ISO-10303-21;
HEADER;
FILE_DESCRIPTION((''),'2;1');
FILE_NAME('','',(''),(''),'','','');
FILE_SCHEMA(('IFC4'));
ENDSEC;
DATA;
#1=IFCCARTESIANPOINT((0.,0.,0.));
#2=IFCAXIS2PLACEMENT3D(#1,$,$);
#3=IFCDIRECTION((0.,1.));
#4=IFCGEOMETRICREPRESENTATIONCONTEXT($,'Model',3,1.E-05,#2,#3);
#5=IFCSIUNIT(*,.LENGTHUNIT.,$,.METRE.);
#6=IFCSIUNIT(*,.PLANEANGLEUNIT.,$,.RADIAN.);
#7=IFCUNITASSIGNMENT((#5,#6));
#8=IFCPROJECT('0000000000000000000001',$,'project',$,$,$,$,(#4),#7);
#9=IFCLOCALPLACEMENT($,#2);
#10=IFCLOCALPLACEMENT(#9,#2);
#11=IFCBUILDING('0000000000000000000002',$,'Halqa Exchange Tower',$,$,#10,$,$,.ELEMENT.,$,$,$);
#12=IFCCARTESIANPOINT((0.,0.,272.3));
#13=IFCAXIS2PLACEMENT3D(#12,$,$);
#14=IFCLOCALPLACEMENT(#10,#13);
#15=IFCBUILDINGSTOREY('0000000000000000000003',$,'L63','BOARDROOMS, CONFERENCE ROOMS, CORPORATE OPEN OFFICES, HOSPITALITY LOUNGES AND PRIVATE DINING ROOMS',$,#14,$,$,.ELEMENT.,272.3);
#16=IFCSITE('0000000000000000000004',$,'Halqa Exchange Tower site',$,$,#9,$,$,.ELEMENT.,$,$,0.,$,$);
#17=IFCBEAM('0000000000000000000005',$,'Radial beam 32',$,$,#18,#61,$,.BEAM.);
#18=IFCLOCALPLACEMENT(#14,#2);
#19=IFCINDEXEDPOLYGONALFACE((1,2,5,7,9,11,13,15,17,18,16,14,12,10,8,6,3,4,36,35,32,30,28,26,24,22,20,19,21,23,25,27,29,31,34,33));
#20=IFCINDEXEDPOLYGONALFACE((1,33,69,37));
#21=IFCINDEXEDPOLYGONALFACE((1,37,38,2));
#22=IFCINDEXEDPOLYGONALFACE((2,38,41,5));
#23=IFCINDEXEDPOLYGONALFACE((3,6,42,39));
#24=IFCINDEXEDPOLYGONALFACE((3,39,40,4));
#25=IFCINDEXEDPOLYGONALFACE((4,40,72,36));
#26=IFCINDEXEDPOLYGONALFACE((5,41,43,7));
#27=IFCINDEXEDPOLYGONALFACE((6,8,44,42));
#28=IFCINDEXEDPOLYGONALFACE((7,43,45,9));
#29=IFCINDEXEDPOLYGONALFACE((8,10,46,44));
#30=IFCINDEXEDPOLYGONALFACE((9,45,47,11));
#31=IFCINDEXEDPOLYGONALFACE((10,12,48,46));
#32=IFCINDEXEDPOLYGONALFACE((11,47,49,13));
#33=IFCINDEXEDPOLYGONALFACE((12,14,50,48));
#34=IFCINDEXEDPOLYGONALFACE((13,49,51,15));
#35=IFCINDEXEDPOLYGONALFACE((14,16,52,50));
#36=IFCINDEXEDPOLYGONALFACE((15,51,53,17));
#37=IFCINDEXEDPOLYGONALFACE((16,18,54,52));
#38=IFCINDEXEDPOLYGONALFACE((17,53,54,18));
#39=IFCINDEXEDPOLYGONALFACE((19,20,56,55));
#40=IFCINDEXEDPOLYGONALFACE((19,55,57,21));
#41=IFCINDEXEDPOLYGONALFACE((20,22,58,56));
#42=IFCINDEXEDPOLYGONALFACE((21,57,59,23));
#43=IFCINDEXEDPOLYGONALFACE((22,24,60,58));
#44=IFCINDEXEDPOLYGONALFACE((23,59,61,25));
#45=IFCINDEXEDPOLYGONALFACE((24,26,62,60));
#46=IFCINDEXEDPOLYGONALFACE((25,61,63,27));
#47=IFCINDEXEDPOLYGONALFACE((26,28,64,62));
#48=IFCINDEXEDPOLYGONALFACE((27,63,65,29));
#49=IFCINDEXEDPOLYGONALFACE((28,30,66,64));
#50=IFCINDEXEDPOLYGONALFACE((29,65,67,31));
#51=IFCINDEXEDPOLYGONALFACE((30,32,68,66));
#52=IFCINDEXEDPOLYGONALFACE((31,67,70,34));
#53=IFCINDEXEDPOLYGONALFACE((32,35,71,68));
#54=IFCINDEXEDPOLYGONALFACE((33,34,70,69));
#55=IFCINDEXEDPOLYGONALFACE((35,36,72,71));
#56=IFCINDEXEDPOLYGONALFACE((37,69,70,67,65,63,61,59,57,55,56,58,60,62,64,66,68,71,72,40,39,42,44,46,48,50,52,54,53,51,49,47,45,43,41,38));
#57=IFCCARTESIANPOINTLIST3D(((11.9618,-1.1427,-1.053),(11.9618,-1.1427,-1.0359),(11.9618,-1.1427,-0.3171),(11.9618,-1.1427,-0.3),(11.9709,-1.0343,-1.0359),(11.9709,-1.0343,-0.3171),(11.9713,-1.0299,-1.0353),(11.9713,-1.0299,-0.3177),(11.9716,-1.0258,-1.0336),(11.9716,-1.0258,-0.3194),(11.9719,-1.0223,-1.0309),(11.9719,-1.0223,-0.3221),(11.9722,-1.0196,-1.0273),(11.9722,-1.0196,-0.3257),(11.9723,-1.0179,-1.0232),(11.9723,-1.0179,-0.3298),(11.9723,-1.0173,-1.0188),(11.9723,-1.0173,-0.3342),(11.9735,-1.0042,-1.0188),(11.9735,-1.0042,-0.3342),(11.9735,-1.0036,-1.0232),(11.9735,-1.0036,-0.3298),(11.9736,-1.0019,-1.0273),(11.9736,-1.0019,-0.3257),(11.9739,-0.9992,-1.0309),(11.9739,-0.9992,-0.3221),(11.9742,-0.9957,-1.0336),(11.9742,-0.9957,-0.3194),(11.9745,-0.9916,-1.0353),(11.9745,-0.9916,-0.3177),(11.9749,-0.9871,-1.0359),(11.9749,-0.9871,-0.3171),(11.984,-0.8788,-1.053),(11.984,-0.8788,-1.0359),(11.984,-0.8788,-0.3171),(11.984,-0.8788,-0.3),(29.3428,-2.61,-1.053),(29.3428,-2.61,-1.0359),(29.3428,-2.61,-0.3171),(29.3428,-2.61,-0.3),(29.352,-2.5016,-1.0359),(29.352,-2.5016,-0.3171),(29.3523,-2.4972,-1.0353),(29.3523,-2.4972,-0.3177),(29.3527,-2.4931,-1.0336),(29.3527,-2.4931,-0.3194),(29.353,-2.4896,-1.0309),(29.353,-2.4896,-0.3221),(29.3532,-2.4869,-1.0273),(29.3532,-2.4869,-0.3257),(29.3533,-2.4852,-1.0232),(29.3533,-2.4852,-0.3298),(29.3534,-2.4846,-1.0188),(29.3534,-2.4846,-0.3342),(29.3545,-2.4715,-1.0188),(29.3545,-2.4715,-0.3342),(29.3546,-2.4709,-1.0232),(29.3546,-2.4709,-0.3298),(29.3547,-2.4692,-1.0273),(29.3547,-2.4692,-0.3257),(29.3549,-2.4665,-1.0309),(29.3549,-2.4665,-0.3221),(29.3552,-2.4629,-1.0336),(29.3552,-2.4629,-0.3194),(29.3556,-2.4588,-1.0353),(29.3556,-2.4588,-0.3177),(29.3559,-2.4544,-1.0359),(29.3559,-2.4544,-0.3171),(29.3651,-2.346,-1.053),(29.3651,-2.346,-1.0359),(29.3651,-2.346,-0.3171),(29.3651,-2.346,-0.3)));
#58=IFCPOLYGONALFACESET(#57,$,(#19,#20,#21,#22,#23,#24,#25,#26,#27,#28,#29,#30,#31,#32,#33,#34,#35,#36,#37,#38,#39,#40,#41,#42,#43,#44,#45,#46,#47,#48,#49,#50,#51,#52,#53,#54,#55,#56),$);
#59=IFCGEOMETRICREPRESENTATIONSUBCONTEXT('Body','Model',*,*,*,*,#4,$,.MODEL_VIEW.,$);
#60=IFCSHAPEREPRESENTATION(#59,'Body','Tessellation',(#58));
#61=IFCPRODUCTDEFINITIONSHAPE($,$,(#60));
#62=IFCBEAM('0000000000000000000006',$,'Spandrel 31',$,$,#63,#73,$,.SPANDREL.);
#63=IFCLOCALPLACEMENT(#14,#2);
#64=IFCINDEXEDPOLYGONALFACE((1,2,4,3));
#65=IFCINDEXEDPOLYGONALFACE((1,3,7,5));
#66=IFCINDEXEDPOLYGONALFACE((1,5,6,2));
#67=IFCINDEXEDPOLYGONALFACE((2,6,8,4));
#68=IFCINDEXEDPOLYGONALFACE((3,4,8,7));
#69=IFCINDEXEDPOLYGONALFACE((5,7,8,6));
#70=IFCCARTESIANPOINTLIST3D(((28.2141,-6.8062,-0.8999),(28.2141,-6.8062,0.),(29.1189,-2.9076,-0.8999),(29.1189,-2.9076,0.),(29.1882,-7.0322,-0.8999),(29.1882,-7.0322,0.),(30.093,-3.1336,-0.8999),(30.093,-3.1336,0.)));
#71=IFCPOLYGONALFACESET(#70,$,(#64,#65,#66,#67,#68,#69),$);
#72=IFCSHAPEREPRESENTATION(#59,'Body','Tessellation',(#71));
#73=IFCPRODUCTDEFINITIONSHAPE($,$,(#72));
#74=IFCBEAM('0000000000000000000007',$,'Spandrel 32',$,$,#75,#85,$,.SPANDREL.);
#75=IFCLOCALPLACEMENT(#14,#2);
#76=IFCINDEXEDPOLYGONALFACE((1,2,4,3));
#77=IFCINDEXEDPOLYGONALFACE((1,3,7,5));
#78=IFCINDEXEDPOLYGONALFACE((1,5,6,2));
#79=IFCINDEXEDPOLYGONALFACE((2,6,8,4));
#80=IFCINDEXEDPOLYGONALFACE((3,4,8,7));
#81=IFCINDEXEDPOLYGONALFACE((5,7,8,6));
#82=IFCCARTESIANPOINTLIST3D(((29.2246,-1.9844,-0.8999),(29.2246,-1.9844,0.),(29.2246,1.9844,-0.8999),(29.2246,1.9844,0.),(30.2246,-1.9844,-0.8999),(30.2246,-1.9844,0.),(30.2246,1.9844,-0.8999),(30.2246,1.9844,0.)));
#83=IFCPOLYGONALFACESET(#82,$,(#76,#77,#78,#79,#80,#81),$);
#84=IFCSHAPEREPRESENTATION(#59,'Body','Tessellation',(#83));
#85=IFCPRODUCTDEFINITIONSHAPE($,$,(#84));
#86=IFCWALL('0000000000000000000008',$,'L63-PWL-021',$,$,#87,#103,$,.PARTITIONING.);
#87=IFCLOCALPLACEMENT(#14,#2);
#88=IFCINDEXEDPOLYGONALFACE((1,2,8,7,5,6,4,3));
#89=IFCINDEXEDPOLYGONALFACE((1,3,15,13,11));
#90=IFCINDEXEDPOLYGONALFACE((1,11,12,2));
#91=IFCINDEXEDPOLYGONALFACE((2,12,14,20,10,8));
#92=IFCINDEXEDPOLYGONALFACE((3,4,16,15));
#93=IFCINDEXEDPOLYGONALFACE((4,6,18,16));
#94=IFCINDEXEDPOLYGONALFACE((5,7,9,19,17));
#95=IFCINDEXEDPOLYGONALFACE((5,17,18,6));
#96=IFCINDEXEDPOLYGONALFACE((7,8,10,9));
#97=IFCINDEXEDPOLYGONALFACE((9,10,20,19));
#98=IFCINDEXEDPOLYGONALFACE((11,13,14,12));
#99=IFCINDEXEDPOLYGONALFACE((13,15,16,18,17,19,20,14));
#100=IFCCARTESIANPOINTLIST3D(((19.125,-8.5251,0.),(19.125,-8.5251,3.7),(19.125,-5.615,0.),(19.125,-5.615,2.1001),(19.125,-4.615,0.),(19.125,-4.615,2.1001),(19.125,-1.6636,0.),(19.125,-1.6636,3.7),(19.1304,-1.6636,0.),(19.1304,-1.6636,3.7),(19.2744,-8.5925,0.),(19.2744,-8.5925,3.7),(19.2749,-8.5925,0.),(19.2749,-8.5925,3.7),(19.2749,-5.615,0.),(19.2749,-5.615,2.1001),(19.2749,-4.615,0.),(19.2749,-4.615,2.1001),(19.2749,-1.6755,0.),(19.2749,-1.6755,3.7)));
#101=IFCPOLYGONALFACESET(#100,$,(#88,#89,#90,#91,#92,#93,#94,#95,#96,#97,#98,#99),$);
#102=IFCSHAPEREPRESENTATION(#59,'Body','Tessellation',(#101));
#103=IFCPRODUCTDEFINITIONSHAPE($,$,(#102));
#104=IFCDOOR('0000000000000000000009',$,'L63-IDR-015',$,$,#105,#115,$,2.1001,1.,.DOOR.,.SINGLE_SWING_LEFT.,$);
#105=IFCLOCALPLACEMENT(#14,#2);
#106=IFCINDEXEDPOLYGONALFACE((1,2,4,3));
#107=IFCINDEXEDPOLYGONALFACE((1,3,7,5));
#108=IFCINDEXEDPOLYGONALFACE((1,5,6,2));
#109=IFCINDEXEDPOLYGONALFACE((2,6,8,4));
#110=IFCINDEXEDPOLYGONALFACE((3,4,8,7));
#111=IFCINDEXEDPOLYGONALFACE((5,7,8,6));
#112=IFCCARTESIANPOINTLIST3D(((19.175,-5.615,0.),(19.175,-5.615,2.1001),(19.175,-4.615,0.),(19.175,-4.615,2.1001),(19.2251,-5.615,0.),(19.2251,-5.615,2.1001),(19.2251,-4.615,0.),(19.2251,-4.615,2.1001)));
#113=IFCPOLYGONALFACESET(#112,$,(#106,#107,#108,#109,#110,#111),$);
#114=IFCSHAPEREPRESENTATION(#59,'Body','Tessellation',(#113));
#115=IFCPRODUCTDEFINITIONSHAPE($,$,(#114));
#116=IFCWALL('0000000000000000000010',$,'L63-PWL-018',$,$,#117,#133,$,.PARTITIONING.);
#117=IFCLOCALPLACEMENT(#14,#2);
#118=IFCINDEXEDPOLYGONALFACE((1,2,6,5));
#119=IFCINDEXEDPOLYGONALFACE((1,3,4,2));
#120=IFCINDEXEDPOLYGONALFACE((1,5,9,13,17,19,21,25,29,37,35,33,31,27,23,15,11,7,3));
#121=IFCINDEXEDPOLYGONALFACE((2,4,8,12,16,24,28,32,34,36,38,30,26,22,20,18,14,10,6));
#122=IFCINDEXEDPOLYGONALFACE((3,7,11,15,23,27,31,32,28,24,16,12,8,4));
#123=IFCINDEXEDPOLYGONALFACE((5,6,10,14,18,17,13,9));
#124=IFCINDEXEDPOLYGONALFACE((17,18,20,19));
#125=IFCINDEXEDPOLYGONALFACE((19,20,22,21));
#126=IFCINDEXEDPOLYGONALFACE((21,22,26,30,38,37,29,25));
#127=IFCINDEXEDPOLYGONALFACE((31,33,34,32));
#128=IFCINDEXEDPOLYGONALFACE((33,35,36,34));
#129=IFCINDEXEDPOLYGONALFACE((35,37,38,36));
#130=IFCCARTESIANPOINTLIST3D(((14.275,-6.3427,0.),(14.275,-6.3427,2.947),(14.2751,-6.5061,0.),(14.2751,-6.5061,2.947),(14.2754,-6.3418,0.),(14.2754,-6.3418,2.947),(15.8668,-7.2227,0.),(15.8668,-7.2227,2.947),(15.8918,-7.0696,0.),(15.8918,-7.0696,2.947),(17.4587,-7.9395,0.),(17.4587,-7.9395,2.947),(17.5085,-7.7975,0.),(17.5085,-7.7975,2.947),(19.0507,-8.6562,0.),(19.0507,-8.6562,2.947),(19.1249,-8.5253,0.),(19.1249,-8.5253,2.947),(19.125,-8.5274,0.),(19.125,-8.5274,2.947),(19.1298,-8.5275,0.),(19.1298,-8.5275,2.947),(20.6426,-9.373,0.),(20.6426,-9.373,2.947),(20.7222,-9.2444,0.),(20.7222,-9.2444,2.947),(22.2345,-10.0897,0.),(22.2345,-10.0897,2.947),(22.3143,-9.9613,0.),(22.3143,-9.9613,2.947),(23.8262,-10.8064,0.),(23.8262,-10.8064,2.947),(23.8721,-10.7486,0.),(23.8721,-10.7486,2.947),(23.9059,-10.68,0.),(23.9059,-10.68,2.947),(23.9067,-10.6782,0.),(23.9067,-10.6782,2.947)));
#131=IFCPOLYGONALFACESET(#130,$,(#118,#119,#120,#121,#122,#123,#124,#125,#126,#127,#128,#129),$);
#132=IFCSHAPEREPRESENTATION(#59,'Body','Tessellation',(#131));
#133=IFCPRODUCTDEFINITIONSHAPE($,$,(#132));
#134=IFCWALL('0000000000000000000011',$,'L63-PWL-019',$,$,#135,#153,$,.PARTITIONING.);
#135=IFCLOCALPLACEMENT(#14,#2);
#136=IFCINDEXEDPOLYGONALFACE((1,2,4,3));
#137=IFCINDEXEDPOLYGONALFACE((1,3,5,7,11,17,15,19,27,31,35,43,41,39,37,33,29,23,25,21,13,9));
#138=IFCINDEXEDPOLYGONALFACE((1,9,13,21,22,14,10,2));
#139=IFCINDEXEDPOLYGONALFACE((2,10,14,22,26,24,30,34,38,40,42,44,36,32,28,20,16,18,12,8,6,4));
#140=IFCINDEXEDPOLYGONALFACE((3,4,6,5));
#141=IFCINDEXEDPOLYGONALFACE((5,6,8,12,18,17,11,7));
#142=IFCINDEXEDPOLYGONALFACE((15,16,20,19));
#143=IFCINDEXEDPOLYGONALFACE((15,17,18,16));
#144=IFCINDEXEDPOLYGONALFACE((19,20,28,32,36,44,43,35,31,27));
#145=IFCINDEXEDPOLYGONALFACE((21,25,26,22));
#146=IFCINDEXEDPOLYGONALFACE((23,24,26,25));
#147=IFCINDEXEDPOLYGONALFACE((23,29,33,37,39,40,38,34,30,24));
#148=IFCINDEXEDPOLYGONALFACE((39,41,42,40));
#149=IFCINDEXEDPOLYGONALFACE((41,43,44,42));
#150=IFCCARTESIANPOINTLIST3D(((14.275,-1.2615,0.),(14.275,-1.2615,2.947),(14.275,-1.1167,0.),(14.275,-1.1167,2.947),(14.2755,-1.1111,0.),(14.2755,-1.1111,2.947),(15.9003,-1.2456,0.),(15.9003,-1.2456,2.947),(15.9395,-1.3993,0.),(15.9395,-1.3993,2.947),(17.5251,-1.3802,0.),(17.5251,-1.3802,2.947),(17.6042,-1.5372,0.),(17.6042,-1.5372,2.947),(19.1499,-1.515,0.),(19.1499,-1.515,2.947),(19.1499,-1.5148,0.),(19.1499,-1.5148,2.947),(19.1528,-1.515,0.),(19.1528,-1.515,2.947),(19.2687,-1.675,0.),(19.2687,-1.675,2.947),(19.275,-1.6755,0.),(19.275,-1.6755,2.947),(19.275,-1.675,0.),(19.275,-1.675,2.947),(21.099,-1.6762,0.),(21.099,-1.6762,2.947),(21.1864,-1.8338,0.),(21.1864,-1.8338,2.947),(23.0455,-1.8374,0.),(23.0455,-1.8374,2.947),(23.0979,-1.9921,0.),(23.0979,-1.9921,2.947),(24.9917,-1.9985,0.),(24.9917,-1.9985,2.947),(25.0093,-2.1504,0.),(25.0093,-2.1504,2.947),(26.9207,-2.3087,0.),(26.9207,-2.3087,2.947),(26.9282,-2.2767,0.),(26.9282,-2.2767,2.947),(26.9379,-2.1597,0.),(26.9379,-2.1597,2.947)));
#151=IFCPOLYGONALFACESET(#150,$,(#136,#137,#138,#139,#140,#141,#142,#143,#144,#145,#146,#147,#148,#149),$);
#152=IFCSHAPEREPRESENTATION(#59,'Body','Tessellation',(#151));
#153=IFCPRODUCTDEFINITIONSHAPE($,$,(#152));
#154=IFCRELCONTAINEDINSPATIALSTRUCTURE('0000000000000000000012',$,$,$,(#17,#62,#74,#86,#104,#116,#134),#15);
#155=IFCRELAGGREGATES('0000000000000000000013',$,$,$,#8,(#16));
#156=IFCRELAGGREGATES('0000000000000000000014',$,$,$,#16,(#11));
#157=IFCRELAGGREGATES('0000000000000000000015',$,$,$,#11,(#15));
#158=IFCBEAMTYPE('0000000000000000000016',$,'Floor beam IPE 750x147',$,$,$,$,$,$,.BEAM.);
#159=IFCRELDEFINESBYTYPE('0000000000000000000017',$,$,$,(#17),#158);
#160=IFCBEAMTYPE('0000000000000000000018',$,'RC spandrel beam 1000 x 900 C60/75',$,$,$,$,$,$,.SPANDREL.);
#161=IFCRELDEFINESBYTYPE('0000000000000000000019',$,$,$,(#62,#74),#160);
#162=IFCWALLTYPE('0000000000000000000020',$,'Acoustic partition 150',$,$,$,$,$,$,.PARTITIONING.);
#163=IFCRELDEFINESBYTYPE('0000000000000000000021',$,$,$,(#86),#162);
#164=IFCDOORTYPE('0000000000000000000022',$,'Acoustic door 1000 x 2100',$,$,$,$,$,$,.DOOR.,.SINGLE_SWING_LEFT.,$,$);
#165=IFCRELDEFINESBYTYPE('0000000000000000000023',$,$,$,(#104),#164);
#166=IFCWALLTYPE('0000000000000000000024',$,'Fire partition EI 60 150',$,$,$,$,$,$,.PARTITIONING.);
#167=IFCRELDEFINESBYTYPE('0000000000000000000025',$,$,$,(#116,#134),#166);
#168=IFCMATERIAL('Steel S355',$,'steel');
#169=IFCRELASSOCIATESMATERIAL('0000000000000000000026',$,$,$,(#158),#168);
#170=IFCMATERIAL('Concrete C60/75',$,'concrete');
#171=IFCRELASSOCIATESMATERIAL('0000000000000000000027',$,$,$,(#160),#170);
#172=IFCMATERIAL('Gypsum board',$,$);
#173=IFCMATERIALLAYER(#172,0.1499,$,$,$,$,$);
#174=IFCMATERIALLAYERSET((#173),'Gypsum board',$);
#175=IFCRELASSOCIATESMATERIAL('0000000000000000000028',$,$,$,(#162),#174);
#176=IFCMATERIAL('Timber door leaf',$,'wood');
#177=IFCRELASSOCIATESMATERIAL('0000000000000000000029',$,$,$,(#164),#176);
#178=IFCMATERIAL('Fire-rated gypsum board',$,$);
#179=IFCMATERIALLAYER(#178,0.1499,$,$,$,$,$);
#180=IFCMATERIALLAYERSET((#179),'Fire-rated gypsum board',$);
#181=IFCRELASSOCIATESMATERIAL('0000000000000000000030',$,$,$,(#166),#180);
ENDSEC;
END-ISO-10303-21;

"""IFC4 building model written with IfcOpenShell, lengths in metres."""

from ifc_helpers import new_model, si_unit, direction, frame, frame_2d, origin, origin_2d, place, context, subcontext, project, spatial, polyline, rectangle, i_section, outline, extrude, material, layer, layer_set, material_profile, profile_set, type_object, element, fill, save


model = new_model("IFC4")

# Units and contexts
model_context = context("Model", 3, precision=1e-05, world=origin(), true_north=direction((0.0, 1.0)))
body_context = subcontext(model_context, "Body", "Model", "MODEL_VIEW")
ifc_project = project(units=[si_unit("LENGTHUNIT", "METRE"), si_unit("PLANEANGLEUNIT", "RADIAN")], contexts=[model_context])

# Site, building, storey
site_placement = place(None, origin())
site = spatial("IfcSite", under=ifc_project, at=site_placement, Name="Halqa Exchange Tower site", CompositionType="ELEMENT", RefElevation=0.0)
building_placement = place(site_placement, origin())
building = spatial("IfcBuilding", under=site, at=building_placement, Name="Halqa Exchange Tower", CompositionType="ELEMENT")
storey_placement = place(building_placement, frame((0.0, 0.0, 272.3)))
storey = spatial("IfcBuildingStorey", under=building, at=storey_placement, Name="L63", Description="BOARDROOMS, CONFERENCE ROOMS, CORPORATE OPEN OFFICES, HOSPITALITY LOUNGES AND PRIVATE DINING ROOMS", CompositionType="ELEMENT", Elevation=272.3)

# Shared definitions
ifc_material_1 = material(Name="Concrete C60/75", Category="concrete")

# Beams
ifc_material_2 = material(Name="Steel S355", Category="steel")
ifc_material_profile_1 = material_profile(ifc_material_2, i_section(OverallWidth=0.2649, OverallDepth=0.7529, WebThickness=0.0132, FlangeThickness=0.0171, FilletRadius=0.0171, at=origin_2d()), Name="IPE 750x147")
ifc_profile_set_1 = profile_set([ifc_material_profile_1], Name="Steel S355")
beam_type_1 = type_object("IfcBeamType", Name="Floor beam IPE 750x147", PredefinedType="BEAM", material=ifc_profile_set_1)
beam_1_placement = place(storey_placement, frame((11.9729, -1.0107, -0.6765), z_axis=(0.996456, -0.084119, 0.0), x_axis=(0.084119, 0.996456, 0.0)))
element("IfcBeam", 1, at=beam_1_placement, inside=storey, type_object=beam_type_1, Name="Radial beam 32", PredefinedType="BEAM", context=body_context, shape_type="SweptSolid", body=[
    extrude(i_section(OverallWidth=0.2649, OverallDepth=0.7529, WebThickness=0.0132, FlangeThickness=0.0171, FilletRadius=0.0171, at=origin_2d()), origin(), (0.0, 0.0, 1.0), 17.4429),
])
ifc_material_profile_2 = material_profile(ifc_material_1, rectangle(XDim=1.0, YDim=0.8999, at=origin_2d()), Name="1000 x 900")
ifc_profile_set_2 = profile_set([ifc_material_profile_2], Name="Concrete C60/75")
beam_type_2 = type_object("IfcBeamType", Name="RC spandrel beam 1000 x 900 C60/75", PredefinedType="SPANDREL", material=ifc_profile_set_2)
beam_2_placement = place(storey_placement, frame((28.7012, -6.9192, -0.45), z_axis=(0.226067, 0.974112, 0.0), x_axis=(-0.974112, 0.226067, 0.0)))
element("IfcBeam", 2, at=beam_2_placement, inside=storey, type_object=beam_type_2, Name="Spandrel 31", PredefinedType="SPANDREL", context=body_context, shape_type="SweptSolid", body=[
    extrude(rectangle(XDim=1.0, YDim=0.8999, at=origin_2d()), origin(), (0.0, 0.0, 1.0), 4.0022),
])
beam_3_placement = place(storey_placement, frame((29.7246, -1.9844, -0.45), z_axis=(0.0, 1.0, 0.0), x_axis=(-1.0, 0.0, 0.0)))
element("IfcBeam", 3, at=beam_3_placement, inside=storey, type_object=beam_type_2, Name="Spandrel 32", PredefinedType="SPANDREL", context=body_context, shape_type="SweptSolid", body=[
    extrude(rectangle(XDim=1.0, YDim=0.8999, at=origin_2d()), origin(), (0.0, 0.0, 1.0), 3.9688),
])

# Wall, opening, door
ifc_material_3 = material(Name="Gypsum board")
ifc_layer_1 = layer(ifc_material_3, 0.1499)
ifc_layer_set_1 = layer_set([ifc_layer_1], Name="Gypsum board")
wall_type_1 = type_object("IfcWallType", Name="Acoustic partition 150", PredefinedType="PARTITIONING", material=ifc_layer_set_1)
wall_1_placement = place(storey_placement, frame((19.2, -1.6636, 0.0), z_axis=(0.0, 0.0, 1.0), x_axis=(0.0, -1.0, 0.0)))
wall_1 = element("IfcWall", 4, at=wall_1_placement, inside=storey, type_object=wall_type_1, Name="L63-PWL-021", PredefinedType="PARTITIONING", context=body_context, shape_type="SweptSolid", body=[
    extrude(outline(polyline([(0.0, -0.075), (1.7153, -0.075), (3.4309, -0.075), (5.1462, -0.075), (6.8616, -0.075), (6.929, 0.0745), (6.929, 0.075), (5.1997, 0.075), (3.4705, 0.075), (1.7412, 0.075), (0.012, 0.075), (0.0, -0.0696), (0.0, -0.075)])), origin(), (0.0, 0.0, 1.0), 3.7),
])
opening_1_placement = place(wall_1_placement, frame((2.9514, 0.0, 0.0)))
opening_1 = element("IfcOpeningElement", 5, at=opening_1_placement, cuts=wall_1, PredefinedType="OPENING", context=body_context, shape_type="SweptSolid", body=[
    extrude(rectangle(XDim=1.0, YDim=2.1001, at=frame_2d((0.5, 1.05))), frame((0.0, 0.0869, 0.0), z_axis=(0.0, -1.0, 0.0), x_axis=(1.0, 0.0, 0.0)), (0.0, 0.0, 1.0), 0.1738),
])
ifc_material_4 = material(Name="Timber door leaf", Category="wood")
door_type_1 = type_object("IfcDoorType", Name="Acoustic door 1000 x 2100", OperationType="SINGLE_SWING_LEFT", PredefinedType="DOOR", material=ifc_material_4)
door_1_placement = place(opening_1_placement, frame((1.0, 0.0, 0.0), z_axis=(0.0, 0.0, 1.0), x_axis=(-1.0, 0.0, 0.0)))
door_1 = element("IfcDoor", 6, at=door_1_placement, inside=storey, type_object=door_type_1, Name="L63-IDR-015", OperationType="SINGLE_SWING_LEFT", OverallHeight=2.1001, OverallWidth=1.0, PredefinedType="DOOR", context=body_context, shape_type="SweptSolid", body=[
    extrude(rectangle(XDim=1.0, YDim=2.1001, at=frame_2d((0.5, 1.05))), frame((0.0, 0.0249, 0.0), z_axis=(0.0, -1.0, 0.0), x_axis=(1.0, 0.0, 0.0)), (0.0, 0.0, 1.0), 0.05),
])
fill(opening_1, door_1)

# Walls
ifc_material_5 = material(Name="Fire-rated gypsum board")
ifc_layer_2 = layer(ifc_material_5, 0.1499)
ifc_layer_set_2 = layer_set([ifc_layer_2], Name="Fire-rated gypsum board")
wall_type_2 = type_object("IfcWallType", Name="Fire partition EI 60 150", PredefinedType="PARTITIONING", material=ifc_layer_set_2)
wall_2_placement = place(storey_placement, frame((14.2446, -6.4102, 0.0), z_axis=(0.0, 0.0, 1.0), x_axis=(0.911839, -0.410547, 0.0)))
element("IfcWall", 7, at=wall_2_placement, inside=storey, type_object=wall_type_2, Name="L63-PWL-018", PredefinedType="PARTITIONING", context=body_context, shape_type="SweptSolid", body=[
    extrude(outline(polyline([(0.0671, -0.075), (1.8127, -0.075), (3.5586, -0.075), (5.3044, -0.075), (7.0503, -0.075), (8.7961, -0.075), (10.5417, -0.075), (10.5598, -0.0034), (10.5625, 0.073), (10.5625, 0.075), (8.8162, 0.075), (7.0701, 0.075), (5.3237, 0.075), (5.3193, 0.073), (5.3184, 0.075), (3.5457, 0.075), (1.7727, 0.075), (0.0, 0.075), (0.0, 0.074), (0.0671, -0.075)])), origin(), (0.0, 0.0, 1.0), 2.947),
])
wall_3_placement = place(storey_placement, frame((14.2693, -1.1858, 0.0), z_axis=(0.0, 0.0, 1.0), x_axis=(0.996589, -0.082529, 0.0)))
element("IfcWall", 8, at=wall_3_placement, inside=storey, type_object=wall_type_2, Name="L63-PWL-019", PredefinedType="PARTITIONING", context=body_context, shape_type="SweptSolid", body=[
    extrude(outline(polyline([(0.012, -0.075), (1.6821, -0.075), (3.3525, -0.075), (5.0227, -0.075), (5.0291, -0.0745), (5.0291, -0.075), (6.947, -0.075), (8.865, -0.075), (10.783, -0.075), (12.7009, -0.075), (12.7058, -0.0425), (12.7058, 0.075), (10.7529, 0.075), (8.8, 0.075), (6.8469, 0.075), (4.894, 0.075), (4.8911, 0.0747), (4.8911, 0.075), (3.2607, 0.075), (1.6304, 0.075), (0.0, 0.075), (0.0, 0.0693), (0.012, -0.075)])), origin(), (0.0, 0.0, 1.0), 2.947),
])

save(model, "model.ifc")
